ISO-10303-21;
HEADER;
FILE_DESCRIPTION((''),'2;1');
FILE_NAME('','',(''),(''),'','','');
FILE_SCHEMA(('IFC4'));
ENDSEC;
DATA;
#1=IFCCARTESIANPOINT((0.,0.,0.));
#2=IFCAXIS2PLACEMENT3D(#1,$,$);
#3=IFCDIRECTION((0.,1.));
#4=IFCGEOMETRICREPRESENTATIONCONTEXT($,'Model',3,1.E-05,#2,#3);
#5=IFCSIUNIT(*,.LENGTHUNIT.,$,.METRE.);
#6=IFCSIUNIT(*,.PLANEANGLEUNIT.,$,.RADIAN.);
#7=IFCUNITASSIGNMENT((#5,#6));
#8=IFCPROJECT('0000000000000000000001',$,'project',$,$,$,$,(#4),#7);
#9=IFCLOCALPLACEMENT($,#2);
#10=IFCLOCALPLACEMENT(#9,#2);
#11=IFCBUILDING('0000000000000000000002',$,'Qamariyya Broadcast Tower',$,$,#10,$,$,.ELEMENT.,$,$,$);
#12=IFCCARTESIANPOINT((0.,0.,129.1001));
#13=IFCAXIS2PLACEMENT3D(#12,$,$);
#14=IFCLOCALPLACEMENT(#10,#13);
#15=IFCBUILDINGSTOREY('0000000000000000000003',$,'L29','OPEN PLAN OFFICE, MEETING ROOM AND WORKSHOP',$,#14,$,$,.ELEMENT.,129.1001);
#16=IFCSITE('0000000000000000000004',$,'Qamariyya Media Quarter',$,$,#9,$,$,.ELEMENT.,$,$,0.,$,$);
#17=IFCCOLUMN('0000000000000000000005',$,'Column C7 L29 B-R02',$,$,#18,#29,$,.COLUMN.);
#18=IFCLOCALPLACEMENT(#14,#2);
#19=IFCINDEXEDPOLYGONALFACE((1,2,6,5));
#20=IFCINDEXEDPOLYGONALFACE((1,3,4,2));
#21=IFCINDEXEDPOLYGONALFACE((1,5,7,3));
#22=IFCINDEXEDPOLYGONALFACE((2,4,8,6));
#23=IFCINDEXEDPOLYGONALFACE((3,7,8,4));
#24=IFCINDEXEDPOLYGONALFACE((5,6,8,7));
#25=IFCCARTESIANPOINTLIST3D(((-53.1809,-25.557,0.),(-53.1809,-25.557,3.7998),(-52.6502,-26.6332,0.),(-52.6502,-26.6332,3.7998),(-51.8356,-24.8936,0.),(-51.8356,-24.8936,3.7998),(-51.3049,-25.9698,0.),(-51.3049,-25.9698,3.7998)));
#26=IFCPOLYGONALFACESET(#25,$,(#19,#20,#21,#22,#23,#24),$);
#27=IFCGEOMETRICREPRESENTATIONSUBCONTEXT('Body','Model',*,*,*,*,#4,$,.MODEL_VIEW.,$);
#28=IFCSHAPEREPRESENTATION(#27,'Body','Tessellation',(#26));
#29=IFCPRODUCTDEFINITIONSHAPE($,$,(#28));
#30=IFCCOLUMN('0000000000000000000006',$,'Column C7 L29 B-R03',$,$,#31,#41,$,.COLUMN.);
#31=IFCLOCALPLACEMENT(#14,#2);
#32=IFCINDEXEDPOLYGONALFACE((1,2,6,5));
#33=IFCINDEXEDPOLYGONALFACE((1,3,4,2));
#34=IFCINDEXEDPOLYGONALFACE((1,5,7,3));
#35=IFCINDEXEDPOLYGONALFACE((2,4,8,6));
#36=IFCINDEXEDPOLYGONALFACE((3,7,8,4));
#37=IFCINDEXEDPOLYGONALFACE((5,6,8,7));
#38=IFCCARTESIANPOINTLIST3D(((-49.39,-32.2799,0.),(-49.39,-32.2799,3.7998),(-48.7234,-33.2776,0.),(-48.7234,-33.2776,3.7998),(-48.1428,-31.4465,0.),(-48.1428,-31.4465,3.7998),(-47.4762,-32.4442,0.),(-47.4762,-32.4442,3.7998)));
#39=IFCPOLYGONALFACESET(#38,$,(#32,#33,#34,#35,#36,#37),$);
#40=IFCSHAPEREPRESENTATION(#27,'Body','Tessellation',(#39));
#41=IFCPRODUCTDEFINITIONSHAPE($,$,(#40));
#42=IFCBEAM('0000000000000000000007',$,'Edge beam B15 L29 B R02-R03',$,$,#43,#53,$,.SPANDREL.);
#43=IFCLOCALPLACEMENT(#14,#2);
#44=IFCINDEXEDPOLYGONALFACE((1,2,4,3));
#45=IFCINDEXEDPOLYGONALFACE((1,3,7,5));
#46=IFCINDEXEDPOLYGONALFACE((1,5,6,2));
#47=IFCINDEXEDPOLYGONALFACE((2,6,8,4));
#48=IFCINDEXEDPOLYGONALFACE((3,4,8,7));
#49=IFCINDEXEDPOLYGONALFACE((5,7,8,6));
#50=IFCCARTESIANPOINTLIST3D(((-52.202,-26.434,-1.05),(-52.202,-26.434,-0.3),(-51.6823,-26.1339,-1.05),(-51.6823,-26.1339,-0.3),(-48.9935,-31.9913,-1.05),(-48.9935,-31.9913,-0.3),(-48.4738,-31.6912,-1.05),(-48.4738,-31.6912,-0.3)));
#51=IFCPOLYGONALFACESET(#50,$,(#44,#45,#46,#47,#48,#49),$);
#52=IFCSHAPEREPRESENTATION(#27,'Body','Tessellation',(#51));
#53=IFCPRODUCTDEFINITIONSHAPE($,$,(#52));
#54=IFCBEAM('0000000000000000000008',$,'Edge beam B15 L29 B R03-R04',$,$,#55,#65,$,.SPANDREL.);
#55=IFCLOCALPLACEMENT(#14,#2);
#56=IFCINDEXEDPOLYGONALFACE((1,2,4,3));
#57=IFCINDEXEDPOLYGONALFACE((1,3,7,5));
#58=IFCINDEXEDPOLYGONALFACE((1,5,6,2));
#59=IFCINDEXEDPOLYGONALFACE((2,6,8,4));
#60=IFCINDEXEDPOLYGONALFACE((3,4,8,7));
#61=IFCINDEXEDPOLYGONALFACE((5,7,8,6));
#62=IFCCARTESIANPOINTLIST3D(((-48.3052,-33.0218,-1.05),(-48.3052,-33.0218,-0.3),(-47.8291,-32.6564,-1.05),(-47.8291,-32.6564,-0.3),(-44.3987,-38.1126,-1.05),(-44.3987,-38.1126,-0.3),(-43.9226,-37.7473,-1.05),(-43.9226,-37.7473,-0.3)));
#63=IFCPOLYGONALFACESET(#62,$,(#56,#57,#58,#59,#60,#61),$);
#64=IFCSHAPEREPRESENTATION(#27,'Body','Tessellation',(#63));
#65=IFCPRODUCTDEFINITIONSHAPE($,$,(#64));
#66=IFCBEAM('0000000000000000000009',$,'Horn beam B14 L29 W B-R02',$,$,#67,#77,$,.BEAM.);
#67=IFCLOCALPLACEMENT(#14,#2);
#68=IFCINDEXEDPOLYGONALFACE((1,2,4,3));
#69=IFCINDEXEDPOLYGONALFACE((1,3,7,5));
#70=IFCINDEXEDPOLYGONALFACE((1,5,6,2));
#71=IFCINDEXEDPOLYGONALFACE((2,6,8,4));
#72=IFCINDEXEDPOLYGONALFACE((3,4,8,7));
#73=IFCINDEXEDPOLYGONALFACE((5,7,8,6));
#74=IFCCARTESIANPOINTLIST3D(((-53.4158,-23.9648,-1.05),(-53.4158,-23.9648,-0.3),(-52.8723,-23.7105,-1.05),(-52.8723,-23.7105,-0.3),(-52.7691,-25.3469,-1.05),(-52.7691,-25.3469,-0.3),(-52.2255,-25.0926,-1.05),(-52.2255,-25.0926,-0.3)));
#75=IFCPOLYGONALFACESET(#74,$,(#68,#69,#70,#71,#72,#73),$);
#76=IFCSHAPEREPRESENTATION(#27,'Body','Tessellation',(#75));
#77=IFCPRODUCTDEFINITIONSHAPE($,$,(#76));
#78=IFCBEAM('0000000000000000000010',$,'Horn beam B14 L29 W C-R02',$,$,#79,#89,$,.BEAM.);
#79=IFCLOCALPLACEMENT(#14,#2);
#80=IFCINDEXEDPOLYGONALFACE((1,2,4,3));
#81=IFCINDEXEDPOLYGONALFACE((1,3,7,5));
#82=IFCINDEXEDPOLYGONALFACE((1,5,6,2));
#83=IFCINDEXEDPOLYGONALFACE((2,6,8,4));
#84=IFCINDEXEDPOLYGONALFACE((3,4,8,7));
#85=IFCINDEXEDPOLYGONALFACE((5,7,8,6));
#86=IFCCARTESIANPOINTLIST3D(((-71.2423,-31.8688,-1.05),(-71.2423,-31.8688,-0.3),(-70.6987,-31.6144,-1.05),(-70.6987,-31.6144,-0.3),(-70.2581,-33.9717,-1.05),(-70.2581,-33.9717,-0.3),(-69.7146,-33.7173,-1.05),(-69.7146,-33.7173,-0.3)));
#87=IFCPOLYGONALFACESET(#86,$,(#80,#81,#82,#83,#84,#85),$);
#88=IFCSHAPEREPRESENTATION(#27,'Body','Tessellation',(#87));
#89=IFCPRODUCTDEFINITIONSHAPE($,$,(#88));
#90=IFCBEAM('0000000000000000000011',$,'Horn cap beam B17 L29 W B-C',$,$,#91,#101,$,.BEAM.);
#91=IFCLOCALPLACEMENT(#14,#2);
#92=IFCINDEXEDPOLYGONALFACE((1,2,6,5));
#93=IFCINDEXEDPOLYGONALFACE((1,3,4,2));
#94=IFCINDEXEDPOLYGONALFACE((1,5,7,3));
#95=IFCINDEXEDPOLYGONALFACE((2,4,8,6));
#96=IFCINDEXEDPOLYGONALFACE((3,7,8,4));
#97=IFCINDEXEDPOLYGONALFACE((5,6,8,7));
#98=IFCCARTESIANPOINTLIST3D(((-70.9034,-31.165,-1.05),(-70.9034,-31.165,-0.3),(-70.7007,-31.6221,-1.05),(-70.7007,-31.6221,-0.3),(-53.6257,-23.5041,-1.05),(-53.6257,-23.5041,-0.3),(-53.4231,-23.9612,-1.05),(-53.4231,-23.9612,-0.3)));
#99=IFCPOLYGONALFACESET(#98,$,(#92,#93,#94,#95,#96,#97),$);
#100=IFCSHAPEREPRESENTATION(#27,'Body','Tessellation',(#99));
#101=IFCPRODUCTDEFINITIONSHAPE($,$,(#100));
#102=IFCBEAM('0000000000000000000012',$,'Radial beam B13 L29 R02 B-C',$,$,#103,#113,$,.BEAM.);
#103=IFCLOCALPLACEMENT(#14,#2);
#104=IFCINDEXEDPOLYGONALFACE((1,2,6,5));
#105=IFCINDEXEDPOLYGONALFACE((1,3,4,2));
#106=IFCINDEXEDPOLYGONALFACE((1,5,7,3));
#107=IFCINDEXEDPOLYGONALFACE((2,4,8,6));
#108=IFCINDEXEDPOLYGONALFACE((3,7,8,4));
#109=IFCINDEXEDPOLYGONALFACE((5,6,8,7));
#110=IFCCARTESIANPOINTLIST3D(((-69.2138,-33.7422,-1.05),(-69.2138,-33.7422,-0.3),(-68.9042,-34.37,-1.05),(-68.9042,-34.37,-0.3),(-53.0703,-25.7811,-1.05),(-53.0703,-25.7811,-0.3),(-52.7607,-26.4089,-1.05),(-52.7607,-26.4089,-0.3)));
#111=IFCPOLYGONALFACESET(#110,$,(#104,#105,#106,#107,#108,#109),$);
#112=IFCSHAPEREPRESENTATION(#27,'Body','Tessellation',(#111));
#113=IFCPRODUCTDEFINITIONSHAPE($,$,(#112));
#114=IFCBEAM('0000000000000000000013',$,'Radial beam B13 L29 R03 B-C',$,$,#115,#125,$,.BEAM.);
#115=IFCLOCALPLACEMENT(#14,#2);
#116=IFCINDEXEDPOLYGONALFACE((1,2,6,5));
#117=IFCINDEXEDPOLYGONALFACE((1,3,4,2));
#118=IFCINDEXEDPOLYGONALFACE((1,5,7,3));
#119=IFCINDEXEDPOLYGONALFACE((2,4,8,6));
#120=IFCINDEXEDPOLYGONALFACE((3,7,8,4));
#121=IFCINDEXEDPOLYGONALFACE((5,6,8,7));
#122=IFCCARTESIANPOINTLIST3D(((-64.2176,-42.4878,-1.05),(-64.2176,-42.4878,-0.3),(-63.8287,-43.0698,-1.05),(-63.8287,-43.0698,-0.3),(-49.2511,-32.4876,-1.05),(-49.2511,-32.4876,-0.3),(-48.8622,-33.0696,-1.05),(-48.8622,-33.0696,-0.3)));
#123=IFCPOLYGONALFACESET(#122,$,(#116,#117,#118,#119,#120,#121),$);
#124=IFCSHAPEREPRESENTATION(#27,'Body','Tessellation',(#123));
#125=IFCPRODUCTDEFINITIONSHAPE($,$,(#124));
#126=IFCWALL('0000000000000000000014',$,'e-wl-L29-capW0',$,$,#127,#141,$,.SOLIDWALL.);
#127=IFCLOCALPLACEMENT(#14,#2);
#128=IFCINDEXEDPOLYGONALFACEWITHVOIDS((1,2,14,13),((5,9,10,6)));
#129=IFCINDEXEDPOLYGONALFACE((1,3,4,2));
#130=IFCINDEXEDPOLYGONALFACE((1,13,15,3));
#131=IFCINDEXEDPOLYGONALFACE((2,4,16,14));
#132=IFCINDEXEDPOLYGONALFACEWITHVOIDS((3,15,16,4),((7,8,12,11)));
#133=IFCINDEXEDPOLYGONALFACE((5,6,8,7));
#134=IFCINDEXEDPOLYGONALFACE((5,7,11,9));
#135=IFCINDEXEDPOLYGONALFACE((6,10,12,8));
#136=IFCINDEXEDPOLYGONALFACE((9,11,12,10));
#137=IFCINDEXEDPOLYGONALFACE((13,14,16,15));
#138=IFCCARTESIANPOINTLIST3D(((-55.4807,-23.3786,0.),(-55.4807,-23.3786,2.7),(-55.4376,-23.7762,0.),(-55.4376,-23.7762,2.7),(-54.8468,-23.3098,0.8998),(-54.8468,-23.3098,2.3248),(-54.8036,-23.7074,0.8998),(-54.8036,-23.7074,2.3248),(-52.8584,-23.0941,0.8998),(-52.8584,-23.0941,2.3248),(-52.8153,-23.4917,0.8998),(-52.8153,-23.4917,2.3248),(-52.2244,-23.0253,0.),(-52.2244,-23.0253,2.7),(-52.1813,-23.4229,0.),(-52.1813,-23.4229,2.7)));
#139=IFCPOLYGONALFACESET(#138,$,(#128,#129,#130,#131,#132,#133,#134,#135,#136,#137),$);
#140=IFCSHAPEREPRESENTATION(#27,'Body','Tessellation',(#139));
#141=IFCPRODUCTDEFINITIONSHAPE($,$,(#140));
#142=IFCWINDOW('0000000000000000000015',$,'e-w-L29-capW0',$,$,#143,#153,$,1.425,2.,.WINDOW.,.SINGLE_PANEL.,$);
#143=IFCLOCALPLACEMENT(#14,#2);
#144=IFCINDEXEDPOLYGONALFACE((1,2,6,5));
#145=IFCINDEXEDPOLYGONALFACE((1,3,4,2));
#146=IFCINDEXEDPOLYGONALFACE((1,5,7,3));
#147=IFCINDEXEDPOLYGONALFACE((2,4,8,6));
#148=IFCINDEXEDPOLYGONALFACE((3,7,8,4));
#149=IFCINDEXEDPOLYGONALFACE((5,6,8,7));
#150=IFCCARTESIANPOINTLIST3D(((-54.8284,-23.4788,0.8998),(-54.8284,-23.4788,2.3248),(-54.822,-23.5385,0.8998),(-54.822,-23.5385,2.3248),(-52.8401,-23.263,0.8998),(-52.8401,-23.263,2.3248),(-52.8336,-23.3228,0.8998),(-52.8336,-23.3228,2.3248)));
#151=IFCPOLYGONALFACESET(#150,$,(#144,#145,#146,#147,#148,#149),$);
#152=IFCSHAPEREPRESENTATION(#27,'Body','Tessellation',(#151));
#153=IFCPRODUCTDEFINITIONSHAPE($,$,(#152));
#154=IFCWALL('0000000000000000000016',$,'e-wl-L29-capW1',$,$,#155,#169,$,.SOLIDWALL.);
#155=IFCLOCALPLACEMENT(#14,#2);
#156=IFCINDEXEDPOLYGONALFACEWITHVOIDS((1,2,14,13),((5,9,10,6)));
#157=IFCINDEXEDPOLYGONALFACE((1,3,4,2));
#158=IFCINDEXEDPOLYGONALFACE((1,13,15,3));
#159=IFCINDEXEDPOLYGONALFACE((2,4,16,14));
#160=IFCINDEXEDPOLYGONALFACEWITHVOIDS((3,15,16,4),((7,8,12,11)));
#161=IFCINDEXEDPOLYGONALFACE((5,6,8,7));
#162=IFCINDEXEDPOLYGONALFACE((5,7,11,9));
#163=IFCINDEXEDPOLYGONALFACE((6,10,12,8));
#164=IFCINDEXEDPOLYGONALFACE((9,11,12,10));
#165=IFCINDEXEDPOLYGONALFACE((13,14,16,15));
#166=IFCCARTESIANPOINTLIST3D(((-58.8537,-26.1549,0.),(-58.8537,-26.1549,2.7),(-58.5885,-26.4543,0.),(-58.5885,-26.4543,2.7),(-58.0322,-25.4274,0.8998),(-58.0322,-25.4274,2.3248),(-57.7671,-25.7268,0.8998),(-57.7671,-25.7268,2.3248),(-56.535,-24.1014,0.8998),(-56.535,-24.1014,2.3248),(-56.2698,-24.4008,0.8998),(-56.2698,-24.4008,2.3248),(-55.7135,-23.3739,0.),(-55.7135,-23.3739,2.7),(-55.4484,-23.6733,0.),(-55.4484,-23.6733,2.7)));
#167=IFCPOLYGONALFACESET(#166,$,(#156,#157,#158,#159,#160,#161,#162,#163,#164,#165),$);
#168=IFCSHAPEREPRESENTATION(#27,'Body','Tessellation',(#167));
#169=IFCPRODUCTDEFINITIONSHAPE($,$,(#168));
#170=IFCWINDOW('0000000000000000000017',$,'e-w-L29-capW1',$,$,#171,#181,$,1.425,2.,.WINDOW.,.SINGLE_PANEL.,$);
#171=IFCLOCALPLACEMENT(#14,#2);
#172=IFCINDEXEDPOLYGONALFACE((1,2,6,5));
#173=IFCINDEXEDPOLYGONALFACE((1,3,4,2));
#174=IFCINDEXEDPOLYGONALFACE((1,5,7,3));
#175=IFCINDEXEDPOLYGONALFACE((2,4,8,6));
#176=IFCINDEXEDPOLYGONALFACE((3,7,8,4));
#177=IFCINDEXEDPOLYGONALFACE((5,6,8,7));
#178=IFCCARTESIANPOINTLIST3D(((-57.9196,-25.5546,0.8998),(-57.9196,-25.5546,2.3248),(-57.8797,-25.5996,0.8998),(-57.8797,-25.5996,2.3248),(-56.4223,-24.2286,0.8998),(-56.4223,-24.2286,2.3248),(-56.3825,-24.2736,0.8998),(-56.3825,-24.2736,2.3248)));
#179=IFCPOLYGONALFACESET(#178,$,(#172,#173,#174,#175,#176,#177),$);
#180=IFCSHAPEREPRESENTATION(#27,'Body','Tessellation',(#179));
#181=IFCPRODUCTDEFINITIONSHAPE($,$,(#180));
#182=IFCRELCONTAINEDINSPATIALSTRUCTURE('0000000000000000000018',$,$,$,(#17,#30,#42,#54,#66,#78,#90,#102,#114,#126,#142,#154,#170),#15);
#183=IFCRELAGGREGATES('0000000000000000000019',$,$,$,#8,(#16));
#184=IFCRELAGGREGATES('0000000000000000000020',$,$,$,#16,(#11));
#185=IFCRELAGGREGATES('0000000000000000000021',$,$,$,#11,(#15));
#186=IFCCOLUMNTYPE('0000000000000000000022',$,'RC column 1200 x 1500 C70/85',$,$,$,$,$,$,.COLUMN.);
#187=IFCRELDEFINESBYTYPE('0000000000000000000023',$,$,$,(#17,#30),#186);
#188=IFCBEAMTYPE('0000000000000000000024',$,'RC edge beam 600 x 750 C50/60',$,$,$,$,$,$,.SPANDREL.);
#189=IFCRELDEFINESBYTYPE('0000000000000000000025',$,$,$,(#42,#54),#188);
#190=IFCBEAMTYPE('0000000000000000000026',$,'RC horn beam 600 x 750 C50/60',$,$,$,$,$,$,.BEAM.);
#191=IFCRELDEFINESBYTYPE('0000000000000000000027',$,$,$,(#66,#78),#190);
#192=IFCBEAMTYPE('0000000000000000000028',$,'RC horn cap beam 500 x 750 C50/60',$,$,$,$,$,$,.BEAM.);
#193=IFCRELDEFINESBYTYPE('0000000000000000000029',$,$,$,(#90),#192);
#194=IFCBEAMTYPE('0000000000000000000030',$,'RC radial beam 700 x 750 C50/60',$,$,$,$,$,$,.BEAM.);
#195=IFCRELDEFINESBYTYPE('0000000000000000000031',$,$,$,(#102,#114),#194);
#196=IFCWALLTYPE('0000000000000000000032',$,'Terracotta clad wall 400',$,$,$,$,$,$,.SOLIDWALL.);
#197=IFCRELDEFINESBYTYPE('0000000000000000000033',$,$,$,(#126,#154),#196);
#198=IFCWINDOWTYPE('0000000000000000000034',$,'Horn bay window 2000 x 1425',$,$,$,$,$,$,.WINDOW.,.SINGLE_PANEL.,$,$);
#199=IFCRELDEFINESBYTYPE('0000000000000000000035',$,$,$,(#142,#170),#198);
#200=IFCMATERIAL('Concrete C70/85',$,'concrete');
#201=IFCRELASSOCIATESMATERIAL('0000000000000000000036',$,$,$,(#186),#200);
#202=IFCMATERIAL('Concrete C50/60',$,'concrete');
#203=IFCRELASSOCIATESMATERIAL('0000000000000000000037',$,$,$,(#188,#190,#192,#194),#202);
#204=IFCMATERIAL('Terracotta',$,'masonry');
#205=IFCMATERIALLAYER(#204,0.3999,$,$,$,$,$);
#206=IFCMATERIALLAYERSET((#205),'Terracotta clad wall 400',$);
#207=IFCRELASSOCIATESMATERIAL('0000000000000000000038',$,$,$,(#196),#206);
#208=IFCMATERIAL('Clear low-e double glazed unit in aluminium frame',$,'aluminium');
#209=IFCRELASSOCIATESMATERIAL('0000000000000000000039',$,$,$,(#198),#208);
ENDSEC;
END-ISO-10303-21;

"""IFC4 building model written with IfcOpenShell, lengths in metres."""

from ifc_helpers import new_model, si_unit, direction, frame, frame_2d, origin, origin_2d, place, context, subcontext, project, spatial, rectangle, extrude, material, layer, layer_set, material_profile, profile_set, type_object, element, fill, save


model = new_model("IFC4")

# Units and contexts
model_context = context("Model", 3, precision=1e-05, world=origin(), true_north=direction((0.0, 1.0)))
body_context = subcontext(model_context, "Body", "Model", "MODEL_VIEW")
ifc_project = project(units=[si_unit("LENGTHUNIT", "METRE"), si_unit("PLANEANGLEUNIT", "RADIAN")], contexts=[model_context])

# Site, building, storey
site_placement = place(None, origin())
site = spatial("IfcSite", under=ifc_project, at=site_placement, Name="Qamariyya Media Quarter", CompositionType="ELEMENT", RefElevation=0.0)
building_placement = place(site_placement, origin())
building = spatial("IfcBuilding", under=site, at=building_placement, Name="Qamariyya Broadcast Tower", CompositionType="ELEMENT")
storey_placement = place(building_placement, frame((0.0, 0.0, 129.1001)))
storey = spatial("IfcBuildingStorey", under=building, at=storey_placement, Name="L29", Description="OPEN PLAN OFFICE, MEETING ROOM AND WORKSHOP", CompositionType="ELEMENT", Elevation=129.1001)

# Columns
ifc_material_1 = material(Name="Concrete C70/85", Category="concrete")
ifc_material_profile_1 = material_profile(ifc_material_1, rectangle(XDim=1.2, YDim=1.5, at=origin_2d()))
ifc_profile_set_1 = profile_set([ifc_material_profile_1], Name="Concrete C70/85")
column_type = type_object("IfcColumnType", Name="RC column 1200 x 1500 C70/85", PredefinedType="COLUMN", material=ifc_profile_set_1)
for number, where, z_axis, x_axis, name in (
    (1, (-52.2429, -25.7634, 0.0), (0.0, 0.0, 1.0), (0.442289, -0.896873, 0.0), "Column C7 L29 B-R02"),
    (2, (-48.4331, -32.3621, 0.0), (0.0, 0.0, 1.0), (0.55557, -0.83147, 0.0), "Column C7 L29 B-R03"),
):
    element("IfcColumn", number, at=place(storey_placement, frame(where, z_axis=z_axis, x_axis=x_axis)), inside=storey, type_object=column_type, Name=name, PredefinedType="COLUMN", context=body_context, shape_type="SweptSolid", body=[
        extrude(rectangle(XDim=1.2, YDim=1.5, at=origin_2d()), origin(), (0.0, 0.0, 1.0), 3.7998),
    ])

# Beams
ifc_material_2 = material(Name="Concrete C50/60", Category="concrete")
ifc_material_profile_2 = material_profile(ifc_material_2, rectangle(XDim=0.6001, YDim=0.75, at=origin_2d()))
ifc_profile_set_2 = profile_set([ifc_material_profile_2], Name="Concrete C50/60")
beam_type_1 = type_object("IfcBeamType", Name="RC edge beam 600 x 750 C50/60", PredefinedType="SPANDREL", material=ifc_profile_set_2)
for number, where, z_axis, x_axis, name in (
    (3, (-51.9421, -26.2839, -0.675), (0.499994, -0.866029, 0.0), (0.866029, 0.499994, 0.0), "Edge beam B15 L29 B R02-R03"),
    (4, (-48.0671, -32.8391, -0.675), (0.608778, -0.793341, 0.0), (0.793341, 0.608778, 0.0), "Edge beam B15 L29 B R03-R04"),
):
    element("IfcBeam", number, at=place(storey_placement, frame(where, z_axis=z_axis, x_axis=x_axis)), inside=storey, type_object=beam_type_1, Name=name, PredefinedType="SPANDREL", context=body_context, shape_type="SweptSolid", body=[
        extrude(rectangle(XDim=0.6001, YDim=0.75, at=origin_2d()), origin(), (0.0, 0.0, 1.0), 6.417),
    ])
ifc_material_profile_3 = material_profile(ifc_material_2, rectangle(XDim=0.6001, YDim=0.75, at=origin_2d()))
ifc_profile_set_3 = profile_set([ifc_material_profile_3], Name="Concrete C50/60")
beam_type_2 = type_object("IfcBeamType", Name="RC horn beam 600 x 750 C50/60", PredefinedType="BEAM", material=ifc_profile_set_3)
beam_1_placement = place(storey_placement, frame((-52.4973, -25.2197, -0.675), z_axis=(-0.423831, 0.905741, 0.0), x_axis=(-0.905741, -0.423831, 0.0)))
element("IfcBeam", 5, at=beam_1_placement, inside=storey, type_object=beam_type_2, Name="Horn beam B14 L29 W B-R02", PredefinedType="BEAM", context=body_context, shape_type="SweptSolid", body=[
    extrude(rectangle(XDim=0.6001, YDim=0.75, at=origin_2d()), origin(), (0.0, 0.0, 1.0), 1.5259),
])
beam_2_placement = place(storey_placement, frame((-69.9863, -33.8445, -0.675), z_axis=(-0.423887, 0.905715, 0.0), x_axis=(-0.905715, -0.423887, 0.0)))
element("IfcBeam", 6, at=beam_2_placement, inside=storey, type_object=beam_type_2, Name="Horn beam B14 L29 W C-R02", PredefinedType="BEAM", context=body_context, shape_type="SweptSolid", body=[
    extrude(rectangle(XDim=0.6001, YDim=0.75, at=origin_2d()), origin(), (0.0, 0.0, 1.0), 2.3218),
])
ifc_material_profile_4 = material_profile(ifc_material_2, rectangle(XDim=0.5, YDim=0.75, at=origin_2d()))
ifc_profile_set_4 = profile_set([ifc_material_profile_4], Name="Concrete C50/60")
beam_type_3 = type_object("IfcBeamType", Name="RC horn cap beam 500 x 750 C50/60", PredefinedType="BEAM", material=ifc_profile_set_4)
beam_3_placement = place(storey_placement, frame((-53.5244, -23.7327, -0.675), z_axis=(-0.914165, -0.405341, 0.0), x_axis=(0.405341, -0.914165, 0.0)))
element("IfcBeam", 7, at=beam_3_placement, inside=storey, type_object=beam_type_3, Name="Horn cap beam B17 L29 W B-C", PredefinedType="BEAM", context=body_context, shape_type="SweptSolid", body=[
    extrude(rectangle(XDim=0.5, YDim=0.75, at=origin_2d()), origin(), (0.0, 0.0, 1.0), 18.8999),
])
ifc_material_profile_5 = material_profile(ifc_material_2, rectangle(XDim=0.7, YDim=0.75, at=origin_2d()))
ifc_profile_set_5 = profile_set([ifc_material_profile_5], Name="Concrete C50/60")
beam_type_4 = type_object("IfcBeamType", Name="RC radial beam 700 x 750 C50/60", PredefinedType="BEAM", material=ifc_profile_set_5)
beam_4_placement = place(storey_placement, frame((-52.9155, -26.095, -0.675), z_axis=(-0.896871, -0.442291, 0.0), x_axis=(0.442291, -0.896871, 0.0)))
element("IfcBeam", 8, at=beam_4_placement, inside=storey, type_object=beam_type_4, Name="Radial beam B13 L29 R02 B-C", PredefinedType="BEAM", context=body_context, shape_type="SweptSolid", body=[
    extrude(rectangle(XDim=0.7, YDim=0.75, at=origin_2d()), origin(), (0.0, 0.0, 1.0), 17.9998),
])
beam_5_placement = place(storey_placement, frame((-49.0566, -32.7786, -0.675), z_axis=(-0.831472, -0.555567, 0.0), x_axis=(0.555567, -0.831472, 0.0)))
element("IfcBeam", 9, at=beam_5_placement, inside=storey, type_object=beam_type_4, Name="Radial beam B13 L29 R03 B-C", PredefinedType="BEAM", context=body_context, shape_type="SweptSolid", body=[
    extrude(rectangle(XDim=0.7, YDim=0.75, at=origin_2d()), origin(), (0.0, 0.0, 1.0), 18.0),
])

# Walls, openings, windows
ifc_material_3 = material(Name="Terracotta", Category="masonry")
ifc_layer = layer(ifc_material_3, 0.3999)
ifc_layer_set = layer_set([ifc_layer], Name="Terracotta clad wall 400")
wall_type = type_object("IfcWallType", Name="Terracotta clad wall 400", PredefinedType="SOLIDWALL", material=ifc_layer_set)
wall_1_placement = place(storey_placement, frame((-52.2029, -23.2241, 0.0), z_axis=(0.0, 0.0, 1.0), x_axis=(-0.994167, -0.107854, 0.0)))
wall_1 = element("IfcWall", 10, at=wall_1_placement, inside=storey, type_object=wall_type, Name="e-wl-L29-capW0", PredefinedType="SOLIDWALL", context=body_context, shape_type="SweptSolid", body=[
    extrude(rectangle(XDim=3.2754, YDim=0.3999, at=frame_2d((1.6377, 0.0))), origin(), (0.0, 0.0, 1.0), 2.7),
])
opening_1_placement = place(wall_1_placement, frame((0.6377, 0.0, 0.8999)))
opening_1 = element("IfcOpeningElement", 11, at=opening_1_placement, cuts=wall_1, PredefinedType="OPENING", context=body_context, shape_type="SweptSolid", body=[
    extrude(rectangle(XDim=2.0, YDim=1.425, at=frame_2d((1.0, 0.7124))), frame((0.0, 0.21, 0.0), z_axis=(0.0, -1.0, 0.0), x_axis=(1.0, 0.0, 0.0)), (0.0, 0.0, 1.0), 0.4199),
])
ifc_material_4 = material(Name="Clear low-e double glazed unit in aluminium frame", Category="aluminium")
window_type_1 = type_object("IfcWindowType", Name="Horn bay window 2000 x 1425", PartitioningType="SINGLE_PANEL", PredefinedType="WINDOW", material=ifc_material_4)
window_1_placement = place(opening_1_placement, origin())
window_1 = element("IfcWindow", 12, at=window_1_placement, inside=storey, type_object=window_type_1, Name="e-w-L29-capW0", OverallHeight=1.425, OverallWidth=2.0, PartitioningType="SINGLE_PANEL", PredefinedType="WINDOW", context=body_context, shape_type="SweptSolid", body=[
    extrude(rectangle(XDim=2.0, YDim=1.425, at=frame_2d((1.0, 0.7124))), frame((0.0, 0.03, 0.0), z_axis=(0.0, -1.0, 0.0), x_axis=(1.0, 0.0, 0.0)), (0.0, 0.0, 1.0), 0.0601),
])
fill(opening_1, window_1)
wall_2_placement = place(storey_placement, frame((-55.5811, -23.5237, 0.0), z_axis=(0.0, 0.0, 1.0), x_axis=(-0.748619, -0.663001, 0.0)))
wall_2 = element("IfcWall", 13, at=wall_2_placement, inside=storey, type_object=wall_type, Name="e-wl-L29-capW1", PredefinedType="SOLIDWALL", context=body_context, shape_type="SweptSolid", body=[
    extrude(rectangle(XDim=4.1946, YDim=0.3999, at=frame_2d((2.0972, 0.0))), origin(), (0.0, 0.0, 1.0), 2.7),
])
opening_2_placement = place(wall_2_placement, frame((1.0972, 0.0, 0.8999)))
opening_2 = element("IfcOpeningElement", 14, at=opening_2_placement, cuts=wall_2, PredefinedType="OPENING", context=body_context, shape_type="SweptSolid", body=[
    extrude(rectangle(XDim=2.0, YDim=1.425, at=frame_2d((1.0, 0.7124))), frame((0.0, 0.21, 0.0), z_axis=(0.0, -1.0, 0.0), x_axis=(1.0, 0.0, 0.0)), (0.0, 0.0, 1.0), 0.4199),
])
window_2_placement = place(opening_2_placement, origin())
window_2 = element("IfcWindow", 15, at=window_2_placement, inside=storey, type_object=window_type_1, Name="e-w-L29-capW1", OverallHeight=1.425, OverallWidth=2.0, PartitioningType="SINGLE_PANEL", PredefinedType="WINDOW", context=body_context, shape_type="SweptSolid", body=[
    extrude(rectangle(XDim=2.0, YDim=1.425, at=frame_2d((1.0, 0.7124))), frame((0.0, 0.03, 0.0), z_axis=(0.0, -1.0, 0.0), x_axis=(1.0, 0.0, 0.0)), (0.0, 0.0, 1.0), 0.0601),
])
fill(opening_2, window_2)

save(model, "model.ifc")
